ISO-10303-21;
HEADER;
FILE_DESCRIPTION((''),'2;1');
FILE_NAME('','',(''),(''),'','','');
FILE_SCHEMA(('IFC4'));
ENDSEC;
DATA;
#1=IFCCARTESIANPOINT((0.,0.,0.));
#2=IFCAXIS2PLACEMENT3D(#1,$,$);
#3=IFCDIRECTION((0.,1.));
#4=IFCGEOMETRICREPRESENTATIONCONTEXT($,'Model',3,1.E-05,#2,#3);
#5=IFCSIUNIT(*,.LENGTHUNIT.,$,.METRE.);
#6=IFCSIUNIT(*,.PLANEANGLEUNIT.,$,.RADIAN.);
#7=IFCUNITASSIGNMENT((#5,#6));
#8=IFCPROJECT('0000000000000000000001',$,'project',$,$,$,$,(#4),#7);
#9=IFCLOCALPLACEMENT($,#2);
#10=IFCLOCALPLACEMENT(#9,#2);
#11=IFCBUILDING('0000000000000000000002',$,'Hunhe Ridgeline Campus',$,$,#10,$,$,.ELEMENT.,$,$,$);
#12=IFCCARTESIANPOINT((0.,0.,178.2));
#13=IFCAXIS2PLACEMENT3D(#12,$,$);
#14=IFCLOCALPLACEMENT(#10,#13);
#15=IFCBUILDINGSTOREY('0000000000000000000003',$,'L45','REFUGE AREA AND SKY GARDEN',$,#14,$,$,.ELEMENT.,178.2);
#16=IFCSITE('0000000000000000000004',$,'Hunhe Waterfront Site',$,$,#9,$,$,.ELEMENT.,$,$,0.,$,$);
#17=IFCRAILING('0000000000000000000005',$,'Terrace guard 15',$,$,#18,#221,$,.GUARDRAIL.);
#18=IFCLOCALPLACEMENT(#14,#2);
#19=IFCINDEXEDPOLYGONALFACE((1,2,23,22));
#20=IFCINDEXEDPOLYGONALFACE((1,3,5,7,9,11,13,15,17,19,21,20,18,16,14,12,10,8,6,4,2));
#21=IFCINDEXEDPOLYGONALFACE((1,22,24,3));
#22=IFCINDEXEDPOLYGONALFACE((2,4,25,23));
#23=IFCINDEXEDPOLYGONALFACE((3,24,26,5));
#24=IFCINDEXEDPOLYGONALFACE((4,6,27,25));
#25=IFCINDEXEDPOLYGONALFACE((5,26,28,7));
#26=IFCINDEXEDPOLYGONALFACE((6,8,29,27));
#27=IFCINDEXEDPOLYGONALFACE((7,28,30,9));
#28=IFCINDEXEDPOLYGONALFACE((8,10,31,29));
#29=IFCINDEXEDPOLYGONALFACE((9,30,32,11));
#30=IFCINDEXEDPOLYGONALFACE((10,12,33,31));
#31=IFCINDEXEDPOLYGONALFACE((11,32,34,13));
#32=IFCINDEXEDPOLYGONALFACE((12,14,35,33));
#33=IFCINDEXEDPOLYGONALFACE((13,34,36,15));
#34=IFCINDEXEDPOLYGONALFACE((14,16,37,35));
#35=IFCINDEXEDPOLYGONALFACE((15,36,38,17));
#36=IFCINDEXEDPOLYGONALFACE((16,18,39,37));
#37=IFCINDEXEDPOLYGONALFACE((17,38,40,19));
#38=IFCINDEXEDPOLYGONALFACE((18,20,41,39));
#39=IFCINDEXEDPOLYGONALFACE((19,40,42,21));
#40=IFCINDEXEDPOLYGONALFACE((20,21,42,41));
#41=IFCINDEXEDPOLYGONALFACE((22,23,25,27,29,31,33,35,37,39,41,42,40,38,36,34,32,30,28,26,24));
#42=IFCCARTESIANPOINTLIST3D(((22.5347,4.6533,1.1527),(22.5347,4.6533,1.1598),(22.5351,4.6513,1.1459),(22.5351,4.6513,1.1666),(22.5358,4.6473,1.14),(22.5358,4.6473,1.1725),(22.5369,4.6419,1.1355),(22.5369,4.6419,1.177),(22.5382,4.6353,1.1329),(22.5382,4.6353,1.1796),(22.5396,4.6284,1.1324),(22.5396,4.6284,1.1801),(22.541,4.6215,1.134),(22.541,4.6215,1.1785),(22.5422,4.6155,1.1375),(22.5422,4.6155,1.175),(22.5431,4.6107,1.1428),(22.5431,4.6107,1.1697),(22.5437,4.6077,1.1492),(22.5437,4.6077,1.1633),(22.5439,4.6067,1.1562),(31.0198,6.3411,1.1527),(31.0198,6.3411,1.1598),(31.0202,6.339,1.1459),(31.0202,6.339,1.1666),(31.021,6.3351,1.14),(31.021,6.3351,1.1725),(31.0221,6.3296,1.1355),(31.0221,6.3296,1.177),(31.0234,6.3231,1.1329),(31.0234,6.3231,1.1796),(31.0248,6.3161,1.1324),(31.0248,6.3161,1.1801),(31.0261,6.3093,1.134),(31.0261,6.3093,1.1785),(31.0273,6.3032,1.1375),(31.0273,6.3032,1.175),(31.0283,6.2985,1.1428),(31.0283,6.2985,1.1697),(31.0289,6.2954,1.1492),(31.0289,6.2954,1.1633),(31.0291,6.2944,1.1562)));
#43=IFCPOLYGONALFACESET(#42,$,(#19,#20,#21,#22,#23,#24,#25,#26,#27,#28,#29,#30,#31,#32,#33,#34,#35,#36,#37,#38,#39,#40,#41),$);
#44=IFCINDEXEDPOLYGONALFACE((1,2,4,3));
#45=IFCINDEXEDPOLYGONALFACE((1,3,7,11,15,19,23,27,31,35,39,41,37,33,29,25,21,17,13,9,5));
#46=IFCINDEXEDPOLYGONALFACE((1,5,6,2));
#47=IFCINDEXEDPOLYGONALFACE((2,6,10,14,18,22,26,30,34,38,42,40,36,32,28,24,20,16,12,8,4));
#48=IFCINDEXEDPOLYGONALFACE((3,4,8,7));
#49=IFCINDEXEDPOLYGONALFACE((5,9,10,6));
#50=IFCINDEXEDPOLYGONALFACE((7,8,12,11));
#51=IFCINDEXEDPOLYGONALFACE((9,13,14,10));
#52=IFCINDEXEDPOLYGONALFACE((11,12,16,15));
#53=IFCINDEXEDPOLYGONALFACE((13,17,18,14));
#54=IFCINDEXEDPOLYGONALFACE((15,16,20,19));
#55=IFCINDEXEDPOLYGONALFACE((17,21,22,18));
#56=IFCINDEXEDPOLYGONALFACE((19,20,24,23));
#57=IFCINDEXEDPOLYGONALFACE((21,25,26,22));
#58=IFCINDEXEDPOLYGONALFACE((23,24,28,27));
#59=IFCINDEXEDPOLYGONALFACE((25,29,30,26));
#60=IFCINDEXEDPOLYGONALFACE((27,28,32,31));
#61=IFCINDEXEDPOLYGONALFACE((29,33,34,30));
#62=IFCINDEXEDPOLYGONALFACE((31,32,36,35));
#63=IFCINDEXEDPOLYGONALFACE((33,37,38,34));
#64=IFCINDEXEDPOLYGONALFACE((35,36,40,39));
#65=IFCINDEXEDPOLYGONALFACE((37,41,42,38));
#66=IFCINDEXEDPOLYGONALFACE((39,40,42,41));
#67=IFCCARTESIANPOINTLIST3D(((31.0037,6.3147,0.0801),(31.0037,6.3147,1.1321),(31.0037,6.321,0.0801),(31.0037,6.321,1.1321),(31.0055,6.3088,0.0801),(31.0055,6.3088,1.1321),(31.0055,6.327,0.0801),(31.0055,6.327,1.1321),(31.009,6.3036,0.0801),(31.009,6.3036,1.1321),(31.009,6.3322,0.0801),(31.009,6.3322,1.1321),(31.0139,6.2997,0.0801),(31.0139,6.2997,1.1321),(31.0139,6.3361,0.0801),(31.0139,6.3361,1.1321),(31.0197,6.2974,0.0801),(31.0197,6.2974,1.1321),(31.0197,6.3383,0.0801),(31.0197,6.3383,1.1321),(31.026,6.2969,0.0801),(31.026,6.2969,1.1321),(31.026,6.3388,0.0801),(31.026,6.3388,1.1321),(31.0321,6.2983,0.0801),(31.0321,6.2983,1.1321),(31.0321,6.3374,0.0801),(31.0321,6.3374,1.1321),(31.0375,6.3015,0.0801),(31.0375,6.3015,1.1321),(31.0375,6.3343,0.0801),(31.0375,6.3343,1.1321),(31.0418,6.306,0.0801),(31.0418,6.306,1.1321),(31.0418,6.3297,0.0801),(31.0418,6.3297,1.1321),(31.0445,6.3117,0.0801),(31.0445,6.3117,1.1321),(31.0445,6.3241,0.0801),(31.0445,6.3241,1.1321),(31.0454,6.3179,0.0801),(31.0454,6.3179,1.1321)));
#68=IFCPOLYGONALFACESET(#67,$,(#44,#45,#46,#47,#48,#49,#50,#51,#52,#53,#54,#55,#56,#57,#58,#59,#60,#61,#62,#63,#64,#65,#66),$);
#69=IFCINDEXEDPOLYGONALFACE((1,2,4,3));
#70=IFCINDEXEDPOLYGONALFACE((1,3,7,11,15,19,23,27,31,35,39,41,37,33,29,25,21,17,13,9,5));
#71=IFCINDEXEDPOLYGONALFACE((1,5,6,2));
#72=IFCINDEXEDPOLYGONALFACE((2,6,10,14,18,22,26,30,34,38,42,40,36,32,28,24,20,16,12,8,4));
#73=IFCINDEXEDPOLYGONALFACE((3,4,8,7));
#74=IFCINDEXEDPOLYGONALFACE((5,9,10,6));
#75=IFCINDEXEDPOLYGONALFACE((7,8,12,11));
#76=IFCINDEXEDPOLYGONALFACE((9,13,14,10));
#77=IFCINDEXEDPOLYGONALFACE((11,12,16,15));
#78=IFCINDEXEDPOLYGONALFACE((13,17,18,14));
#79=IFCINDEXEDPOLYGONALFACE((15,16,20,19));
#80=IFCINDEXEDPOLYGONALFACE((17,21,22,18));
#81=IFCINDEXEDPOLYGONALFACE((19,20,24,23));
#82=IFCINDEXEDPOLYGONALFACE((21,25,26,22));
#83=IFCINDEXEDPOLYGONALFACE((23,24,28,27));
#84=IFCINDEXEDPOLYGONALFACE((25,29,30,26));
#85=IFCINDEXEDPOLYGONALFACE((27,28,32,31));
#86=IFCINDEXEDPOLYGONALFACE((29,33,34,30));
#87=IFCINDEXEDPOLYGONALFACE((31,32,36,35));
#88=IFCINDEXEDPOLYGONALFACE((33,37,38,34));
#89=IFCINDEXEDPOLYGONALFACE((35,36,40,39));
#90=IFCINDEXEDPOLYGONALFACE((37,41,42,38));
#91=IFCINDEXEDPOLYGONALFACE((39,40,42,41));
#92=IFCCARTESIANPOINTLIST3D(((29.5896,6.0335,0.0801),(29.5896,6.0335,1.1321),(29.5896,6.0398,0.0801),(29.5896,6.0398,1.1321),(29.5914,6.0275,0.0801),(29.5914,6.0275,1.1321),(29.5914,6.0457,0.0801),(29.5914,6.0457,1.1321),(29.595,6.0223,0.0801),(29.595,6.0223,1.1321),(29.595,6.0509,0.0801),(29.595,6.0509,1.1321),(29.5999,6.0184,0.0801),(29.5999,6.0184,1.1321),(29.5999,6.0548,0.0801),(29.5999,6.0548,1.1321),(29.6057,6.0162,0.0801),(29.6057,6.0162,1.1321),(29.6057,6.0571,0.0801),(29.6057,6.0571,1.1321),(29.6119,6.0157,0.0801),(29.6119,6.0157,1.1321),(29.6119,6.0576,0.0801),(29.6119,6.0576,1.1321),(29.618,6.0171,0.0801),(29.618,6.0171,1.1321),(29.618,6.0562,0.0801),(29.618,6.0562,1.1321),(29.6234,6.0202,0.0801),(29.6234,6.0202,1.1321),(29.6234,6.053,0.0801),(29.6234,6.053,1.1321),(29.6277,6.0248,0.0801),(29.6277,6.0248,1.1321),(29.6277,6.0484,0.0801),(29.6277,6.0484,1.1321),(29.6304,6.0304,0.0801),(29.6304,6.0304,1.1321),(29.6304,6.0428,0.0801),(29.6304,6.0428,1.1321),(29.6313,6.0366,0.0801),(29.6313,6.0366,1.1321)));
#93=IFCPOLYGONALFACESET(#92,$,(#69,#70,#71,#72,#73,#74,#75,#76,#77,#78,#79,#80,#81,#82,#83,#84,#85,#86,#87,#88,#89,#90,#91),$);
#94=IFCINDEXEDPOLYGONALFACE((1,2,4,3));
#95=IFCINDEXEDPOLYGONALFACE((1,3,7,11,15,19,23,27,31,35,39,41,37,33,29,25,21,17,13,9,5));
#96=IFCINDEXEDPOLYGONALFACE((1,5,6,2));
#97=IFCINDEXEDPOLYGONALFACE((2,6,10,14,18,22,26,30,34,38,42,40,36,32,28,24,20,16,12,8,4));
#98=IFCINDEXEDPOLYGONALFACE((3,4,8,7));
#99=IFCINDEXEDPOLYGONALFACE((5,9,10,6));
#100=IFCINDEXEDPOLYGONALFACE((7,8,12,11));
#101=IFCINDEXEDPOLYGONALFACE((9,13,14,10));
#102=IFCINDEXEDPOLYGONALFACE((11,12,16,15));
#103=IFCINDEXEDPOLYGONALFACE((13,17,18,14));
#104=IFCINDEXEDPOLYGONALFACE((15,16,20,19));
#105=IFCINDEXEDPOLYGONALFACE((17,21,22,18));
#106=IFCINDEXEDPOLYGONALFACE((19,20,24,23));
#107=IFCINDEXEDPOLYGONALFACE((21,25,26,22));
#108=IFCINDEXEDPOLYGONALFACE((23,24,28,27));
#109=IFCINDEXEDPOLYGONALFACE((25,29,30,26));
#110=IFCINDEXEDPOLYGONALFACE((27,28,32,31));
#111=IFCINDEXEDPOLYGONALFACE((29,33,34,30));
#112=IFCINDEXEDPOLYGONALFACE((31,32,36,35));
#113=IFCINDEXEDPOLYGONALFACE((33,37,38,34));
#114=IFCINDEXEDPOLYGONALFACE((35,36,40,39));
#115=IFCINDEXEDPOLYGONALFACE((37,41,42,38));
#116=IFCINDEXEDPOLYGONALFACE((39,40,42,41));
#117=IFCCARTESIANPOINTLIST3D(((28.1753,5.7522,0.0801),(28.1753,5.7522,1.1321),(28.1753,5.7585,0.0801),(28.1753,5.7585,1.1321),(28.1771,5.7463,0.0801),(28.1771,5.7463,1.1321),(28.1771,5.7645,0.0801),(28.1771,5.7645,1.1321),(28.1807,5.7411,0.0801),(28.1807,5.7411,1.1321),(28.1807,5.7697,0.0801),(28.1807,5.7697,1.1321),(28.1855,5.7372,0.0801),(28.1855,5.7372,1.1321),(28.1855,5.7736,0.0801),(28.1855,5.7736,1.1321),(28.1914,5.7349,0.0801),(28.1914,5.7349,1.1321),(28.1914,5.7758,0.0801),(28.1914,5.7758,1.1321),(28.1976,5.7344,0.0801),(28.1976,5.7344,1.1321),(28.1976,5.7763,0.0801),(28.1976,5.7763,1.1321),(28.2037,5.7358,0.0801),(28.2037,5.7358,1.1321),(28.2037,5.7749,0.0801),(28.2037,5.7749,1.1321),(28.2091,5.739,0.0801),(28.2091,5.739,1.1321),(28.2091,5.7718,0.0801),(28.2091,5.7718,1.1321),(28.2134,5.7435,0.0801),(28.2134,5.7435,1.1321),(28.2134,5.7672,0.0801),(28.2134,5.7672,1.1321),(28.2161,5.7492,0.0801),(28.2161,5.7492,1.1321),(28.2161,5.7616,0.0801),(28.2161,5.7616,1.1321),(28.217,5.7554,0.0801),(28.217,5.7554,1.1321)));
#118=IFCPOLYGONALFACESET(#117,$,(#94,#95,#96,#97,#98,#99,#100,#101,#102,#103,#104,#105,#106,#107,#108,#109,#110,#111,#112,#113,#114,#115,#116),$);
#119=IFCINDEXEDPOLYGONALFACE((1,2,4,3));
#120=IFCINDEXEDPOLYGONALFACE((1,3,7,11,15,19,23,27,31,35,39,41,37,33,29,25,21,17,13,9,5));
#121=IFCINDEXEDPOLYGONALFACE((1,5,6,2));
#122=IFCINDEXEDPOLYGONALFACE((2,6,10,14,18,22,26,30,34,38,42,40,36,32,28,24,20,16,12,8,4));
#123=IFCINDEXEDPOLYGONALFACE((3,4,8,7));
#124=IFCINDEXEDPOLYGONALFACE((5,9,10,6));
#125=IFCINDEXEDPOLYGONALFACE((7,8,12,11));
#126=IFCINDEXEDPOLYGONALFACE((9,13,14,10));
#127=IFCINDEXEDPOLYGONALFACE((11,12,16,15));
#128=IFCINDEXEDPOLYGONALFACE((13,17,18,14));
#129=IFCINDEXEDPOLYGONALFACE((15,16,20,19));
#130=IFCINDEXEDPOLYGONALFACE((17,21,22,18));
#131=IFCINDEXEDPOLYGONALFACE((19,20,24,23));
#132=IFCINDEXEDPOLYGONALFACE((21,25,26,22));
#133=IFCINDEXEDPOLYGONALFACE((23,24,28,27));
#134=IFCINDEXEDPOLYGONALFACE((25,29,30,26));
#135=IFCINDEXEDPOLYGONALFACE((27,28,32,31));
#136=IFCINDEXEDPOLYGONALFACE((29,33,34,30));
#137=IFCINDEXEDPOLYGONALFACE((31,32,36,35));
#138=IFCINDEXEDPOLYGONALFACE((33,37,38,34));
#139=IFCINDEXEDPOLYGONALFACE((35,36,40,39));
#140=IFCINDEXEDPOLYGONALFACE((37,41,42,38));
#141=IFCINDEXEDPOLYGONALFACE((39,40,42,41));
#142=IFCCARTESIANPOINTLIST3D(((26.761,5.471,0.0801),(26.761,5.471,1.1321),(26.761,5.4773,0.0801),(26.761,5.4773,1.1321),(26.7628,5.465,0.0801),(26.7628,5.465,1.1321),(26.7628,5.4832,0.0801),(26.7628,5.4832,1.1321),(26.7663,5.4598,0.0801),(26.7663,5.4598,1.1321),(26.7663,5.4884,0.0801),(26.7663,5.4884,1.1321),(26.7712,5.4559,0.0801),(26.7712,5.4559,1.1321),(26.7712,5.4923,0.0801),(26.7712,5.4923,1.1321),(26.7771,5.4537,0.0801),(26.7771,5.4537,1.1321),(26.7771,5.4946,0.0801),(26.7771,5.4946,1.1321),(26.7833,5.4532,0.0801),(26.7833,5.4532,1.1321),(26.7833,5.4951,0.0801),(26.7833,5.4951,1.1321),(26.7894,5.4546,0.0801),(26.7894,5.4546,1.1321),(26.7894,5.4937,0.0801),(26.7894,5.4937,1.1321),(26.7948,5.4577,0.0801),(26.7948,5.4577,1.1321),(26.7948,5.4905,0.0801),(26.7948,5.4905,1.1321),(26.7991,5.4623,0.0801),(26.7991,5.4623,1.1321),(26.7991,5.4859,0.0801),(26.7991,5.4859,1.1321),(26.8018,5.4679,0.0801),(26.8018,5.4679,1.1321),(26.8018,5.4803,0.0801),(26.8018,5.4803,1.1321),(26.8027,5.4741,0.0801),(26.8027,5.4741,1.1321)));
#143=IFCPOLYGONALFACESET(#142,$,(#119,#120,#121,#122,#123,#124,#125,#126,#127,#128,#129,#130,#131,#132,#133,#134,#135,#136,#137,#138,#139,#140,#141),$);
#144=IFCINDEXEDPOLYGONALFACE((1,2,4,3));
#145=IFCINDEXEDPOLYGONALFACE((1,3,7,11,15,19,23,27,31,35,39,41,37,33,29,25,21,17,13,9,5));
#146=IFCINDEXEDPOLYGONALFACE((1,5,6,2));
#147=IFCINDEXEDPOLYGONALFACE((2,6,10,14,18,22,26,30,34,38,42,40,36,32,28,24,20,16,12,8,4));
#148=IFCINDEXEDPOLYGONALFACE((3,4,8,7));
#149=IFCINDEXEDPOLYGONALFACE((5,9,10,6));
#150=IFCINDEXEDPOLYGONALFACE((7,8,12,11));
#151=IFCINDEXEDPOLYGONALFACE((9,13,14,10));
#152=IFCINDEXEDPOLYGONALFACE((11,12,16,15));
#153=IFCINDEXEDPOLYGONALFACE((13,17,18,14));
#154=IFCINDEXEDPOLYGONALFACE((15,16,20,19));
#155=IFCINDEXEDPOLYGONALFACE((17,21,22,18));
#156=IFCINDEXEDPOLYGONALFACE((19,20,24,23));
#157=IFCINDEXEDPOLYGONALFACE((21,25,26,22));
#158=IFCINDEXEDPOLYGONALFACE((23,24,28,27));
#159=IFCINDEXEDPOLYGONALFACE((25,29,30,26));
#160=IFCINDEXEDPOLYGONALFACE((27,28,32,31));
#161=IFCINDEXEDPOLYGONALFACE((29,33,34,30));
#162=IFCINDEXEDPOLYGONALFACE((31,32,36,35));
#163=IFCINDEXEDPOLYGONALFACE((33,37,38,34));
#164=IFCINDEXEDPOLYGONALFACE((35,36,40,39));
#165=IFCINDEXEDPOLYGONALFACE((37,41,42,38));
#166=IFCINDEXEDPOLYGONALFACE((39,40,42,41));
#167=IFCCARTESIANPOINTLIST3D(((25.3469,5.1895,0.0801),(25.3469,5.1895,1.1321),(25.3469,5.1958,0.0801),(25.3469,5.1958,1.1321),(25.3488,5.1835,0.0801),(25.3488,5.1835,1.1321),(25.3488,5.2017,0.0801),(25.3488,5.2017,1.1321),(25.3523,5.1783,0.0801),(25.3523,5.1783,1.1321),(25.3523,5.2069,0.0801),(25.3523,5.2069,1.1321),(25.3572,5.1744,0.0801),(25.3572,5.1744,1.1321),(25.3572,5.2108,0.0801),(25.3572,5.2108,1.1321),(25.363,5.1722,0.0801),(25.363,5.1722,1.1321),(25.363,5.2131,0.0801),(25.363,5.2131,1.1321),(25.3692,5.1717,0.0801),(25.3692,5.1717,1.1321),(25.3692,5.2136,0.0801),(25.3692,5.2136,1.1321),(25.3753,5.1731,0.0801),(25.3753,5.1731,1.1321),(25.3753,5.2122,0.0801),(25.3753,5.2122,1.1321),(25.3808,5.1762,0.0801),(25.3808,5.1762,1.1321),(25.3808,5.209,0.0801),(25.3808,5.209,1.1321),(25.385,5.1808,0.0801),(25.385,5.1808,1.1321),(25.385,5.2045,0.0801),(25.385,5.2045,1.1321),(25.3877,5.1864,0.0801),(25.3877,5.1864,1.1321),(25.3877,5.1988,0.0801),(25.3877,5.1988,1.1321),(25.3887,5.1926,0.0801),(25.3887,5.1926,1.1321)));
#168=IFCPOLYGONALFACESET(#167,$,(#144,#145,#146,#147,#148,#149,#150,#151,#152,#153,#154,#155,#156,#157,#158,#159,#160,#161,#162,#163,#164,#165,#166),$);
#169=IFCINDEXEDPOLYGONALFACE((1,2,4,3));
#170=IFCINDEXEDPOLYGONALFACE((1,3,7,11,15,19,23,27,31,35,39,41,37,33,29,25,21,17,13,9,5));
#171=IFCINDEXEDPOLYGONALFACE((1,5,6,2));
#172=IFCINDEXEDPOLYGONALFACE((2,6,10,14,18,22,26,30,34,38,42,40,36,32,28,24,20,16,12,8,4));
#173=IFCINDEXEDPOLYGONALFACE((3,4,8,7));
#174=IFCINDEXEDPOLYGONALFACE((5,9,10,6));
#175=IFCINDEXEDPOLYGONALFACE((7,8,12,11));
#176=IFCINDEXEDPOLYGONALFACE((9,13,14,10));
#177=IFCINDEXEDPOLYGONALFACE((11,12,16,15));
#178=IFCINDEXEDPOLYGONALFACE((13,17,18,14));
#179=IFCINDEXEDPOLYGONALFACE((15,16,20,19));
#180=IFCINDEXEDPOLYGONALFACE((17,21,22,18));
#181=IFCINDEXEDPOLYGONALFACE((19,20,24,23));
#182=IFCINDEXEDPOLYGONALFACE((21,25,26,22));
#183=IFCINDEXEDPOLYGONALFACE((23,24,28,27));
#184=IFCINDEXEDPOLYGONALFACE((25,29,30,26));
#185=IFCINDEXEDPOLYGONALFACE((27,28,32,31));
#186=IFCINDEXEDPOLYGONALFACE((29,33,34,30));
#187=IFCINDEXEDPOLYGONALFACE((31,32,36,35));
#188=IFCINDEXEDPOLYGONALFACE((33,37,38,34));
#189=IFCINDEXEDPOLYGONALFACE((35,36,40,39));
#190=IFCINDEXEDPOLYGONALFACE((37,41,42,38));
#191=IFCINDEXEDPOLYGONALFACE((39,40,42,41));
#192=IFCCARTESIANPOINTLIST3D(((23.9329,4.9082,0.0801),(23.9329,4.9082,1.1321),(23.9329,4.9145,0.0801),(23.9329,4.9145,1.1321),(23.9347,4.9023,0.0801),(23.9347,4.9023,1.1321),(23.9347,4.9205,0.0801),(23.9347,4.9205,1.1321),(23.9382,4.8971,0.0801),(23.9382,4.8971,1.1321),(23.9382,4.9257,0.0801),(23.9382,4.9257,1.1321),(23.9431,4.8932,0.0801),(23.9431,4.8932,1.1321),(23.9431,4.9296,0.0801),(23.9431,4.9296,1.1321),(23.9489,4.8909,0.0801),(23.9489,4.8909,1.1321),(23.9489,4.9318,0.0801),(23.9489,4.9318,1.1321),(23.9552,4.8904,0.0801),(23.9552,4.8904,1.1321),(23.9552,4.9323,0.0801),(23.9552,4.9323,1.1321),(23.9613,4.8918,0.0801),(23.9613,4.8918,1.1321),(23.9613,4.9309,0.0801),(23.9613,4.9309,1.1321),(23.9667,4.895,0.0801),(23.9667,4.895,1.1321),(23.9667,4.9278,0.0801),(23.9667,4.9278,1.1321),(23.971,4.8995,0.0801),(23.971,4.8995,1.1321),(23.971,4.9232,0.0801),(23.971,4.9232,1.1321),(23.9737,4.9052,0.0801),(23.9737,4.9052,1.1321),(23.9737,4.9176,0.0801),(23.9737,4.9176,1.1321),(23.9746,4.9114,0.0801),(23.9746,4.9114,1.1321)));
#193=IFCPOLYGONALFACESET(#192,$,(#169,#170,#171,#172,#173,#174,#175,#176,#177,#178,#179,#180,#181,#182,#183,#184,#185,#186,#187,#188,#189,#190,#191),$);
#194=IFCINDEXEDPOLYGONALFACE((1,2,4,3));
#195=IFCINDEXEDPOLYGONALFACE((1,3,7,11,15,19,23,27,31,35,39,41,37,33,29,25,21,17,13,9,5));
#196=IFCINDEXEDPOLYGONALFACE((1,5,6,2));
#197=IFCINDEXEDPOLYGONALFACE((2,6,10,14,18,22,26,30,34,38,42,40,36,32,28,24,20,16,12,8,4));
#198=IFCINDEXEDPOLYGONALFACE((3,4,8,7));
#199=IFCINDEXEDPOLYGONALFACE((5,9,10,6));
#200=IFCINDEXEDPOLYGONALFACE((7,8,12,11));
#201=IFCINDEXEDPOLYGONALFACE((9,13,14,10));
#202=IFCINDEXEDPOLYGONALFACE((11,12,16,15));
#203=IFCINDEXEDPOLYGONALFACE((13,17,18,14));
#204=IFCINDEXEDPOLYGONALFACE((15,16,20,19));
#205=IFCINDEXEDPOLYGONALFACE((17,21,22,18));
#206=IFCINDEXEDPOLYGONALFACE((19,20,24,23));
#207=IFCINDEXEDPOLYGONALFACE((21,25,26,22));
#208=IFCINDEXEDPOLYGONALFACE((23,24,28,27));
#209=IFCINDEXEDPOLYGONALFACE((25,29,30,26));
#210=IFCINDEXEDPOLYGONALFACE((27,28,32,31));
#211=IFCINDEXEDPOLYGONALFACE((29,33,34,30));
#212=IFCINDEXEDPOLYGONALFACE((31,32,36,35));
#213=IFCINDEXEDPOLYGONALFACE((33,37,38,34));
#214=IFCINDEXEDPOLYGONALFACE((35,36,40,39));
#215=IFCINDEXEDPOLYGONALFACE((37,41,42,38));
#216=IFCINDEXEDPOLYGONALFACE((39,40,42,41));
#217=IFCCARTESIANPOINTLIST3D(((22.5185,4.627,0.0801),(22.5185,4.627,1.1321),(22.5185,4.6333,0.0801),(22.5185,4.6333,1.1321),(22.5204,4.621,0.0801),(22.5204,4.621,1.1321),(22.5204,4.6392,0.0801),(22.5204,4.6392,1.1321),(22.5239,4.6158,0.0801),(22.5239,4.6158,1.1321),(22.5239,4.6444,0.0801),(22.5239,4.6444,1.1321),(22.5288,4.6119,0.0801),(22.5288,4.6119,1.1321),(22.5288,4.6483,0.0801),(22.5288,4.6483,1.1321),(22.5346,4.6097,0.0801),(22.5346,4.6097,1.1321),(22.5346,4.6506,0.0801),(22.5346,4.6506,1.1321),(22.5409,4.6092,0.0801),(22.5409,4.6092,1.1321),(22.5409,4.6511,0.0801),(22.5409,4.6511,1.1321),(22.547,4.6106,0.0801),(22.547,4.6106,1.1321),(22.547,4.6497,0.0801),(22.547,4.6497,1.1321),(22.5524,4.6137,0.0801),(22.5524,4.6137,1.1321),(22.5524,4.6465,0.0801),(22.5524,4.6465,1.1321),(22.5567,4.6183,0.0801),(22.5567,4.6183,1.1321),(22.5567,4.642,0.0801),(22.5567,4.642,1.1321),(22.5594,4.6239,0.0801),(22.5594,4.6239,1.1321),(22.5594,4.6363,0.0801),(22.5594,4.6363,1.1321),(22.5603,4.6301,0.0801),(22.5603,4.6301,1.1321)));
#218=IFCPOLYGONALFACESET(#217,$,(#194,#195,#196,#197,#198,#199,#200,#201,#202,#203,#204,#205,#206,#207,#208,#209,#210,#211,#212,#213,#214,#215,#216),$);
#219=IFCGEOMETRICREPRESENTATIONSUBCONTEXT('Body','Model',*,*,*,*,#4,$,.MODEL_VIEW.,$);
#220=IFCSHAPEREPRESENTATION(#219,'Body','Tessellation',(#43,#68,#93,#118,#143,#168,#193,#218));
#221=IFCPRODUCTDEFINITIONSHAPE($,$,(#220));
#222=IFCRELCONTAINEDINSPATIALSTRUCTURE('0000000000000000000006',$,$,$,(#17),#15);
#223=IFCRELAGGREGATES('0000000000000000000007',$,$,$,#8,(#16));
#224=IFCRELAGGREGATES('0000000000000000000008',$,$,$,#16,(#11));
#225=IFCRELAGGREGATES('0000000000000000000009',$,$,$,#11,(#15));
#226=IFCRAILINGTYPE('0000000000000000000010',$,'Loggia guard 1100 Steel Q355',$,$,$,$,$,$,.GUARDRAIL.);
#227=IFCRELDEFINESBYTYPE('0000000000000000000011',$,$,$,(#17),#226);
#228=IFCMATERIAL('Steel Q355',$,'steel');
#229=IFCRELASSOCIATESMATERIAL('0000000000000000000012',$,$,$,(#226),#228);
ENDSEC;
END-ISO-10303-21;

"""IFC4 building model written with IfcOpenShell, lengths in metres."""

from ifc_helpers import new_model, si_unit, direction, frame, origin, origin_2d, place, context, subcontext, project, spatial, circle, extrude, material, type_object, element, save


model = new_model("IFC4")

# Units and contexts
model_context = context("Model", 3, precision=1e-05, world=origin(), true_north=direction((0.0, 1.0)))
body_context = subcontext(model_context, "Body", "Model", "MODEL_VIEW")
ifc_project = project(units=[si_unit("LENGTHUNIT", "METRE"), si_unit("PLANEANGLEUNIT", "RADIAN")], contexts=[model_context])

# Site, building, storey
site_placement = place(None, origin())
site = spatial("IfcSite", under=ifc_project, at=site_placement, Name="Hunhe Waterfront Site", CompositionType="ELEMENT", RefElevation=0.0)
building_placement = place(site_placement, origin())
building = spatial("IfcBuilding", under=site, at=building_placement, Name="Hunhe Ridgeline Campus", CompositionType="ELEMENT")
storey_placement = place(building_placement, frame((0.0, 0.0, 178.2)))
storey = spatial("IfcBuildingStorey", under=building, at=storey_placement, Name="L45", Description="REFUGE AREA AND SKY GARDEN", CompositionType="ELEMENT", Elevation=178.2)

# Railing
ifc_material_1 = material(Name="Steel Q355", Category="steel")
railing_type = type_object("IfcRailingType", Name="Loggia guard 1100 Steel Q355", PredefinedType="GUARDRAIL", material=ifc_material_1)
railing_1_placement = place(storey_placement, frame((31.0244, 6.3179, 0.0801)))
element("IfcRailing", 1, at=railing_1_placement, inside=storey, type_object=railing_type, Name="Terrace guard 15", PredefinedType="GUARDRAIL", context=body_context, shape_type="SweptSolid", body=[
    extrude(circle(Radius=0.0239, at=origin_2d()), frame((0.0, 0.0, 1.0762), z_axis=(-0.980786, -0.195085, 0.0), x_axis=(0.195085, -0.980786, 0.0)), (0.0, 0.0, 1.0), 8.6514),
    extrude(circle(Radius=0.021, at=origin_2d()), origin(), (0.0, 0.0, 1.0), 1.052),
    extrude(circle(Radius=0.021, at=origin_2d()), frame((-1.4141, -0.2812, 0.0)), (0.0, 0.0, 1.0), 1.052),
    extrude(circle(Radius=0.021, at=origin_2d()), frame((-2.8284, -0.5625, 0.0)), (0.0, 0.0, 1.0), 1.052),
    extrude(circle(Radius=0.021, at=origin_2d()), frame((-4.2427, -0.8438, 0.0)), (0.0, 0.0, 1.0), 1.052),
    extrude(circle(Radius=0.021, at=origin_2d()), frame((-5.6567, -1.1252, 0.0)), (0.0, 0.0, 1.0), 1.052),
    extrude(circle(Radius=0.021, at=origin_2d()), frame((-7.0708, -1.4065, 0.0)), (0.0, 0.0, 1.0), 1.052),
    extrude(circle(Radius=0.021, at=origin_2d()), frame((-8.4851, -1.6877, 0.0)), (0.0, 0.0, 1.0), 1.052),
])

save(model, "model.ifc")
